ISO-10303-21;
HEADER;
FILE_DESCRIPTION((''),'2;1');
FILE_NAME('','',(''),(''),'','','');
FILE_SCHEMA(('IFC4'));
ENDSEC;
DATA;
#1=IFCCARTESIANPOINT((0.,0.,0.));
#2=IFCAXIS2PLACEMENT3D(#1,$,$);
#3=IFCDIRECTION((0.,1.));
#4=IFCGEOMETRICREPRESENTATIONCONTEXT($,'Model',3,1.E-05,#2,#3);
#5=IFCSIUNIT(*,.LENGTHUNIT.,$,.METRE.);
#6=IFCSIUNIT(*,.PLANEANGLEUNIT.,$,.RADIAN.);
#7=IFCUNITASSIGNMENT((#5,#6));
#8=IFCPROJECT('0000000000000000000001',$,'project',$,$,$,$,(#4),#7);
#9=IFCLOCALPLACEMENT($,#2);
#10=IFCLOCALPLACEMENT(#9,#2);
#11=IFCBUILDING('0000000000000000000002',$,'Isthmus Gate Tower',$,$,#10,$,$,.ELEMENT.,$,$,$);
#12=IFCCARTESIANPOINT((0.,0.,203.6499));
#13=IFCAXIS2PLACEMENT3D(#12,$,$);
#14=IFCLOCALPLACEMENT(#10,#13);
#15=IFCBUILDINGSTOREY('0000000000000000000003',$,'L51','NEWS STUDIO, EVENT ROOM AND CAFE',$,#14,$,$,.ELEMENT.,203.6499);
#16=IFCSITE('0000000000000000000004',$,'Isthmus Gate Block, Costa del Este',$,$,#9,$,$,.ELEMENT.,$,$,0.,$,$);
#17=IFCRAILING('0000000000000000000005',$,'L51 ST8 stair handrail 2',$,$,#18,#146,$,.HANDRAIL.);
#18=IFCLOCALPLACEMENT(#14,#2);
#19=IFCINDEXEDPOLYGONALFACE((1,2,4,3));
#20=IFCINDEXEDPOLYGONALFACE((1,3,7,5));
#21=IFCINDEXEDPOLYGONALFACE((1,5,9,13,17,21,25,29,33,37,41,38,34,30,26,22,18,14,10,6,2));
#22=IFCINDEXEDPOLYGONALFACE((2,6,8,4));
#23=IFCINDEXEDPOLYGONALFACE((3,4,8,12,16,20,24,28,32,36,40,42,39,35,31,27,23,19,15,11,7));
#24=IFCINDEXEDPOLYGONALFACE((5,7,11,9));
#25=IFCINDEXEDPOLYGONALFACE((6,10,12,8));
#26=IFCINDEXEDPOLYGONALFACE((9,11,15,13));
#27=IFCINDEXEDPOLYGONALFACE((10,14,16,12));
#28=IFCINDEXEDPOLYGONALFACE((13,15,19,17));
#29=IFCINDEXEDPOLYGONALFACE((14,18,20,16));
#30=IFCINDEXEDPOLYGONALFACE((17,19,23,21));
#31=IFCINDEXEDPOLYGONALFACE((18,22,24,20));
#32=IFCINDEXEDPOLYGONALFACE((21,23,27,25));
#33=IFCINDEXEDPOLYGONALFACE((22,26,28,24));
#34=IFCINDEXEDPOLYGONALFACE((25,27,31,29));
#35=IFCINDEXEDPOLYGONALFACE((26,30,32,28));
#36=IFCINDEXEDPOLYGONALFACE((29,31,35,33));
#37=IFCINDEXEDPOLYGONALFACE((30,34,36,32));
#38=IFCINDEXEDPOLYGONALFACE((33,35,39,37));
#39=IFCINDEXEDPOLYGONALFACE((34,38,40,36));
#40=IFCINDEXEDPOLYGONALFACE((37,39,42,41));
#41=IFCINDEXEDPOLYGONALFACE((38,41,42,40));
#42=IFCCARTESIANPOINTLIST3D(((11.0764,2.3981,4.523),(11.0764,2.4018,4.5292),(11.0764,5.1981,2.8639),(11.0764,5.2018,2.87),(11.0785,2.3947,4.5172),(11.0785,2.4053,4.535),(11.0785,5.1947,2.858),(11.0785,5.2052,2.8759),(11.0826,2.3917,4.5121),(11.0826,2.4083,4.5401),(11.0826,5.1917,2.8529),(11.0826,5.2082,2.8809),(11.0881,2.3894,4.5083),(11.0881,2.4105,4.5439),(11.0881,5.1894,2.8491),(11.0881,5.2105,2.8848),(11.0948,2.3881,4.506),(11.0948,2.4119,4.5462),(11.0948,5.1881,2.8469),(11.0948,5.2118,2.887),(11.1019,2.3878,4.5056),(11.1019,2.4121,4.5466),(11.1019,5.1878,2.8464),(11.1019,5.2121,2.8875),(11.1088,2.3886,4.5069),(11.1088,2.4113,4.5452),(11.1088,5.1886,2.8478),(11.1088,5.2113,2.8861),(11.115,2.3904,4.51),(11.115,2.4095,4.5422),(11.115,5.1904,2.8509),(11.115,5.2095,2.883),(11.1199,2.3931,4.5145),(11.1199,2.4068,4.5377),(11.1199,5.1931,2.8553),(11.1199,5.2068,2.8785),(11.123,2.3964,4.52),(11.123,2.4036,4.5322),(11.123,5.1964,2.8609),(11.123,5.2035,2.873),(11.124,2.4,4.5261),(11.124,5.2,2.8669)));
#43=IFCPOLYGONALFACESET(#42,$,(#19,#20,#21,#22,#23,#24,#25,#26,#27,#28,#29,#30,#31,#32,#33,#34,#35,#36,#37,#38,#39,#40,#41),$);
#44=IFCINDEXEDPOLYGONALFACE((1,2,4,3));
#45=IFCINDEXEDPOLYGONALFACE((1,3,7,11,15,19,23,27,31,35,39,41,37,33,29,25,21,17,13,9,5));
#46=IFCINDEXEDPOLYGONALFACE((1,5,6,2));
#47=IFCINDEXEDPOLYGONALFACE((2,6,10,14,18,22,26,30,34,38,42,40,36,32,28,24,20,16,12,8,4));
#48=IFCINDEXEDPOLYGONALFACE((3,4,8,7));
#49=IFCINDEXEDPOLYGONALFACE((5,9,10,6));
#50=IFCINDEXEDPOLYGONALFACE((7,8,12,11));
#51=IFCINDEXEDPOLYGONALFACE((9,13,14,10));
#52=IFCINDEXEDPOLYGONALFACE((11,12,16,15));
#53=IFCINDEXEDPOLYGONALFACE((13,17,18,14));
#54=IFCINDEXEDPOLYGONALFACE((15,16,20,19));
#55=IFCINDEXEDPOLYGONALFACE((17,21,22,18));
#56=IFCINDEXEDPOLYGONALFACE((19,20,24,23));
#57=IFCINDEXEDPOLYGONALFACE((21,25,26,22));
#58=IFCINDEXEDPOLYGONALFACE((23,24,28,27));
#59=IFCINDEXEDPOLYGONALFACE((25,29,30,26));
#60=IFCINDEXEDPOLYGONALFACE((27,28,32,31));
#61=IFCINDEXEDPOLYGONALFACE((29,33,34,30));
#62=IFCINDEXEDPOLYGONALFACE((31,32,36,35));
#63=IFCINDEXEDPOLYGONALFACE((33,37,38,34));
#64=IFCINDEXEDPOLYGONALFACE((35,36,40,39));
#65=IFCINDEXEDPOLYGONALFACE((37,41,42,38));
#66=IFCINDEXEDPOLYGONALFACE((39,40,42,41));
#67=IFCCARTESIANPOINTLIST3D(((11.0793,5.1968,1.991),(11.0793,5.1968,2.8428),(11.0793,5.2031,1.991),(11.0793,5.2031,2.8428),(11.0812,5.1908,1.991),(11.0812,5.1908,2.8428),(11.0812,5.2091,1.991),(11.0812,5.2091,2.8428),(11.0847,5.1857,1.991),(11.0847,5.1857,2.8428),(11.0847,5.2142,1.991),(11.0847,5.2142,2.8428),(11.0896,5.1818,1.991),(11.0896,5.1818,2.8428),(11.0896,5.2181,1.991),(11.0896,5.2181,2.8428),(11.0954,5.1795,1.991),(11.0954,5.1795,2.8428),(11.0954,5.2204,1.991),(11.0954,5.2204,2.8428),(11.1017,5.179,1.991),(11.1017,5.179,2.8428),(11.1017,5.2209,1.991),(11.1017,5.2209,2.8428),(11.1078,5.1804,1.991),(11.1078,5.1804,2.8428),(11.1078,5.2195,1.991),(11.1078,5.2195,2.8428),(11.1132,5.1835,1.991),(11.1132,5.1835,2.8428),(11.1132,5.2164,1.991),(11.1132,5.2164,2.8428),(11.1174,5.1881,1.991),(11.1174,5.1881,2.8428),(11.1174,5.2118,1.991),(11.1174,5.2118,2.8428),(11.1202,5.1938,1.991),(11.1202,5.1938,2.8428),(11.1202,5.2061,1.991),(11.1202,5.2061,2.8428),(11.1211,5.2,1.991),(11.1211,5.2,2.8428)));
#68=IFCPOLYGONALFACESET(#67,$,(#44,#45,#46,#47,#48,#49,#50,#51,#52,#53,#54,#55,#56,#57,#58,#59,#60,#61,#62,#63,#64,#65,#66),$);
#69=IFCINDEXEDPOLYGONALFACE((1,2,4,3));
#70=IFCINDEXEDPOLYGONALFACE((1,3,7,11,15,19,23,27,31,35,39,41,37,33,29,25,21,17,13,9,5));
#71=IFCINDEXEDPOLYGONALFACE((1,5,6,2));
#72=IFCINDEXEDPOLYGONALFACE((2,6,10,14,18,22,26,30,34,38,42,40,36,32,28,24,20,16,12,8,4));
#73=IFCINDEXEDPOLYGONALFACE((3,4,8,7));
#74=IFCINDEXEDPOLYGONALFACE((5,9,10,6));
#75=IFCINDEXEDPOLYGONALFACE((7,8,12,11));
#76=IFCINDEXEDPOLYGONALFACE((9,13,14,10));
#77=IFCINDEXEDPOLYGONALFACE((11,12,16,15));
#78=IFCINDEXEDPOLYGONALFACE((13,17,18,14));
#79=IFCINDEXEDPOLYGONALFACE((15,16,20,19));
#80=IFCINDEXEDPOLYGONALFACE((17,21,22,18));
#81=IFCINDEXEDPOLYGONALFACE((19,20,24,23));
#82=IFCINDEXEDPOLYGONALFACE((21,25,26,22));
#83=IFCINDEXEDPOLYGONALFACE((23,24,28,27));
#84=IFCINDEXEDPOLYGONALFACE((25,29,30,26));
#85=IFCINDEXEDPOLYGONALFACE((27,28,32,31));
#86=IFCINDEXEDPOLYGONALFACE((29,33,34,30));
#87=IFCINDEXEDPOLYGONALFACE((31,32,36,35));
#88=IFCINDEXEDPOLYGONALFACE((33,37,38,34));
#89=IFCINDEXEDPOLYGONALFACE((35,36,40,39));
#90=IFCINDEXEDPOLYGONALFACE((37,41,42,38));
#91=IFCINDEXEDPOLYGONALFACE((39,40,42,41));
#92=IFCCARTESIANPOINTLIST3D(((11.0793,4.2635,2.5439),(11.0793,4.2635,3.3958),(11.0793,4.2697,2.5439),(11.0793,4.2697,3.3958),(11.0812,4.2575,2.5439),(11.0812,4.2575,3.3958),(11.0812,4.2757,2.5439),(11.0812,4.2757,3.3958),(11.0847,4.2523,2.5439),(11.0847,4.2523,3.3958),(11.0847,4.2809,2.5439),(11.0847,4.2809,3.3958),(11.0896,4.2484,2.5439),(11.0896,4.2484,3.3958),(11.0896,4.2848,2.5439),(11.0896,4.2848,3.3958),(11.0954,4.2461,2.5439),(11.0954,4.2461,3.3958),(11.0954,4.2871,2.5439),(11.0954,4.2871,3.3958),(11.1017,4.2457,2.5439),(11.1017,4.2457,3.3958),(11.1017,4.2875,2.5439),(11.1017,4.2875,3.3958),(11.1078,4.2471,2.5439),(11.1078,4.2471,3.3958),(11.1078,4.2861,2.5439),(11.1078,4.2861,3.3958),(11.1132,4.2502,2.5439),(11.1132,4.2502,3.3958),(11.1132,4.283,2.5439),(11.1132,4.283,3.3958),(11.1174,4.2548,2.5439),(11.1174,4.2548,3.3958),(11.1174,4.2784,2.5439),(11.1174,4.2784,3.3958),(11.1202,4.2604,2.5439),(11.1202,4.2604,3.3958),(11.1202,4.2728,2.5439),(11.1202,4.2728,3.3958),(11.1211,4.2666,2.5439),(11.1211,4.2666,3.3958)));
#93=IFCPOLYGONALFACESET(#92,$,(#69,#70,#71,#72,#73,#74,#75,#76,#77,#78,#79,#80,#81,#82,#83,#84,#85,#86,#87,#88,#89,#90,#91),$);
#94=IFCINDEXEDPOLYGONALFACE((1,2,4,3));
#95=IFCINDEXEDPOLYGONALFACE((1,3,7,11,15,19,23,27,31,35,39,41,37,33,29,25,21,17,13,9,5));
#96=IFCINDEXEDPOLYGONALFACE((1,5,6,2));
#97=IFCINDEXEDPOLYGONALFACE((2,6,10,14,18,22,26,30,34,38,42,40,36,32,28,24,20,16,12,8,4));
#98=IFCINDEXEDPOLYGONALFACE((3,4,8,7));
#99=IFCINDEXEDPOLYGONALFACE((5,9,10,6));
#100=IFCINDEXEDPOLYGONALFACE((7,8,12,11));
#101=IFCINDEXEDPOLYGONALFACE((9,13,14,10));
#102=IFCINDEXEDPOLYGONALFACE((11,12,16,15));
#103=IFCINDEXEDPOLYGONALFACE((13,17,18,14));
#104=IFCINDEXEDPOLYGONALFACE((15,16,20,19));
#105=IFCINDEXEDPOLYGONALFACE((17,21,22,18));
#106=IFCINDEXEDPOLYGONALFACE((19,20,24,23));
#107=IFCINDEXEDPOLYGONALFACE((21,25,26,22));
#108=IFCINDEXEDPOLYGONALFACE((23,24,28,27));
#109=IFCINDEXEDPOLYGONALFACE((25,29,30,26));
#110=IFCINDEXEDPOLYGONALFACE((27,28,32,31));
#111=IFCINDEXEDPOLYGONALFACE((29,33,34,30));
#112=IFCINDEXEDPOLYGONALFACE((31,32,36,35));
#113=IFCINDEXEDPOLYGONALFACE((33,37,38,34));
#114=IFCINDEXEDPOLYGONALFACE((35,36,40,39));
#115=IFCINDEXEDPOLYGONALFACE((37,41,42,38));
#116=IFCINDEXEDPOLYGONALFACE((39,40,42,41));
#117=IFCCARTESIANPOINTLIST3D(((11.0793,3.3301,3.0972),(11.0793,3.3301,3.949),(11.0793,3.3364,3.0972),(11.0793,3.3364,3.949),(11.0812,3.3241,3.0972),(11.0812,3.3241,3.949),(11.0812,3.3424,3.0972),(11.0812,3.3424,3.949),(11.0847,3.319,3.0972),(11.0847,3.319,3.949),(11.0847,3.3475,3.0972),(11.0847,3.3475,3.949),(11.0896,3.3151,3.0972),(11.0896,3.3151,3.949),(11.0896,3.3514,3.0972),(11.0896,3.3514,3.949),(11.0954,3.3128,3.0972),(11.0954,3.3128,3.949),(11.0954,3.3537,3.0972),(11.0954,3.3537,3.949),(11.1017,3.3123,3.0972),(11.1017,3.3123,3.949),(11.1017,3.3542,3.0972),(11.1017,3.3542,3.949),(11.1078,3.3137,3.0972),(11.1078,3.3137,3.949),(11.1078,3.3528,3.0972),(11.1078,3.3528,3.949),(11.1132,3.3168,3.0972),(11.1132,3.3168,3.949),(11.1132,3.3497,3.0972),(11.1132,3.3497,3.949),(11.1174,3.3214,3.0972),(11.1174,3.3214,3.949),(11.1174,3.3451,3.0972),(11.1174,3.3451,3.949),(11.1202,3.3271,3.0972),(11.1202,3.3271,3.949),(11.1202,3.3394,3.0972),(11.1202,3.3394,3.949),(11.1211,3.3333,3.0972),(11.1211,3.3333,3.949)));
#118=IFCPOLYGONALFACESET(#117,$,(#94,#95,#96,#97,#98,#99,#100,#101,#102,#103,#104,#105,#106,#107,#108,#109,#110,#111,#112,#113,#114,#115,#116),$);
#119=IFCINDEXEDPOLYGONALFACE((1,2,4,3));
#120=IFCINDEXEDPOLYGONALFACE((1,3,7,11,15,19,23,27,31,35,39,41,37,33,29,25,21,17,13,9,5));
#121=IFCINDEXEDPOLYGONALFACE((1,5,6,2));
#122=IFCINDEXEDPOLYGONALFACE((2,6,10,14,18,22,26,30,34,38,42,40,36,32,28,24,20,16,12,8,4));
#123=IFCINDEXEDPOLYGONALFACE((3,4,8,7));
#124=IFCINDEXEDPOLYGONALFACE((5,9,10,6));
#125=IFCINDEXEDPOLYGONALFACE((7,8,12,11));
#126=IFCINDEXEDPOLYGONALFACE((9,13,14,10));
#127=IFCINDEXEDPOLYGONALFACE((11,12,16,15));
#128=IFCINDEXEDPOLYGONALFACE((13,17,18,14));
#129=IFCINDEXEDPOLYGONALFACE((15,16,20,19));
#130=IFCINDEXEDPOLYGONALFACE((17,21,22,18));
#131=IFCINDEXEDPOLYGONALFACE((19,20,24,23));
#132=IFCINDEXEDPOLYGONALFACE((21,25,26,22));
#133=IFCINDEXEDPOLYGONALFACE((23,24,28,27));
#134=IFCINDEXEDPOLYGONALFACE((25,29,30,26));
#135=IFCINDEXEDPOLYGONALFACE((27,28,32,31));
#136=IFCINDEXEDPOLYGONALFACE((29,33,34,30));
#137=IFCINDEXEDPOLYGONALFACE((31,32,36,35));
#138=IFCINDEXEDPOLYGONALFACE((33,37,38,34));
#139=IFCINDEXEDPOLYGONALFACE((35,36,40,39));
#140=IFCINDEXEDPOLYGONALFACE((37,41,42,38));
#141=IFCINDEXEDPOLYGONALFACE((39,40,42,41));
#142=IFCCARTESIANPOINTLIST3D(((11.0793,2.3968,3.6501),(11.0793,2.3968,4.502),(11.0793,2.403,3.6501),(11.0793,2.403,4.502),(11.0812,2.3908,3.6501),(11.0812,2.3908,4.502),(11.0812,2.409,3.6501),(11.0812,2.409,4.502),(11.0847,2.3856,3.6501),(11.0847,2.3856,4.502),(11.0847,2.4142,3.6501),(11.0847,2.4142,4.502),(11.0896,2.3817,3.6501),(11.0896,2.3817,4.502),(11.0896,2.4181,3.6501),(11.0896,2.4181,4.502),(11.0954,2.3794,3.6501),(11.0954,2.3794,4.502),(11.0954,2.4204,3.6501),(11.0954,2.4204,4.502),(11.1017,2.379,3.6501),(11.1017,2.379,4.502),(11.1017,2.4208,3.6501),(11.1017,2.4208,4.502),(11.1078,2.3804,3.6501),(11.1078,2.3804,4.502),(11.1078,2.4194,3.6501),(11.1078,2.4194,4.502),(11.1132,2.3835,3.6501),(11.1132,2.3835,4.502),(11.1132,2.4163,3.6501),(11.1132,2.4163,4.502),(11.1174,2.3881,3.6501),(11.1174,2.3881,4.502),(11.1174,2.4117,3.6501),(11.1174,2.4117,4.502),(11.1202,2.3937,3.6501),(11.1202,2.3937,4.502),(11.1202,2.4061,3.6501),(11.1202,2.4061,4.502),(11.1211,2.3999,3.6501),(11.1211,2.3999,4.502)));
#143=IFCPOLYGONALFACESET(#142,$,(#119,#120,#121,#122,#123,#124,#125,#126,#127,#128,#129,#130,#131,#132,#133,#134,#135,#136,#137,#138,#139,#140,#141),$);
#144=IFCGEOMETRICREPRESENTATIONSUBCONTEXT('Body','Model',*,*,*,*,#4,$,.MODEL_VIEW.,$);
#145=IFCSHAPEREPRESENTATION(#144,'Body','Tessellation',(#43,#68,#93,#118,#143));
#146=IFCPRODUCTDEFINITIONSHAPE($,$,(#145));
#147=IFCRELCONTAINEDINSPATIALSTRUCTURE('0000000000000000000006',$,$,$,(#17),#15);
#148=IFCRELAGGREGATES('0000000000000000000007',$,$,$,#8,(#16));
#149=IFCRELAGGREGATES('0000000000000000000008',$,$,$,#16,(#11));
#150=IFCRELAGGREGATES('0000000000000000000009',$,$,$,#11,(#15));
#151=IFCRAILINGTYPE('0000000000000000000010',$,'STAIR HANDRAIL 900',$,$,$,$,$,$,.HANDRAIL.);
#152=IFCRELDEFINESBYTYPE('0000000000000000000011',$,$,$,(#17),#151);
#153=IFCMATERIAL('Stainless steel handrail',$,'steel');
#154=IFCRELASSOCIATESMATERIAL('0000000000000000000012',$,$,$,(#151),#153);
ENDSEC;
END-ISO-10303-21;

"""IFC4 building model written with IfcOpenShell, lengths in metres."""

from ifc_helpers import new_model, si_unit, direction, frame, origin, origin_2d, place, context, subcontext, project, spatial, circle, extrude, material, type_object, element, save


model = new_model("IFC4")

# Units and contexts
model_context = context("Model", 3, precision=1e-05, world=origin(), true_north=direction((0.0, 1.0)))
body_context = subcontext(model_context, "Body", "Model", "MODEL_VIEW")
ifc_project = project(units=[si_unit("LENGTHUNIT", "METRE"), si_unit("PLANEANGLEUNIT", "RADIAN")], contexts=[model_context])

# Site, building, storey
site_placement = place(None, origin())
site = spatial("IfcSite", under=ifc_project, at=site_placement, Name="Isthmus Gate Block, Costa del Este", CompositionType="ELEMENT", RefElevation=0.0)
building_placement = place(site_placement, origin())
building = spatial("IfcBuilding", under=site, at=building_placement, Name="Isthmus Gate Tower", CompositionType="ELEMENT")
storey_placement = place(building_placement, frame((0.0, 0.0, 203.6499)))
storey = spatial("IfcBuildingStorey", under=building, at=storey_placement, Name="L51", Description="NEWS STUDIO, EVENT ROOM AND CAFE", CompositionType="ELEMENT", Elevation=203.6499)

# Railing
ifc_material_1 = material(Name="Stainless steel handrail", Category="steel")
railing_type_1 = type_object("IfcRailingType", Name="STAIR HANDRAIL 900", PredefinedType="HANDRAIL", material=ifc_material_1)
railing_1_placement = place(storey_placement, frame((11.1001, 5.2, 1.991)))
element("IfcRailing", 1, at=railing_1_placement, inside=storey, type_object=railing_type_1, Name="L51 ST8 stair handrail 2", PredefinedType="HANDRAIL", context=body_context, shape_type="SweptSolid", body=[
    extrude(circle(Radius=0.0239, at=origin_2d()), frame((0.0, 0.0, 0.876), z_axis=(0.0, -0.860306, 0.509778), x_axis=(1.0, 0.0, 0.0)), (0.0, 0.0, 1.0), 3.2546),
    extrude(circle(Radius=0.021, at=origin_2d()), origin(), (0.0, 0.0, 1.0), 0.8518),
    extrude(circle(Radius=0.021, at=origin_2d()), frame((0.0, -0.9333, 0.553)), (0.0, 0.0, 1.0), 0.8518),
    extrude(circle(Radius=0.021, at=origin_2d()), frame((0.0, -1.8667, 1.1062)), (0.0, 0.0, 1.0), 0.8518),
    extrude(circle(Radius=0.021, at=origin_2d()), frame((0.0, -2.8, 1.6592)), (0.0, 0.0, 1.0), 0.8518),
])

save(model, "model.ifc")
